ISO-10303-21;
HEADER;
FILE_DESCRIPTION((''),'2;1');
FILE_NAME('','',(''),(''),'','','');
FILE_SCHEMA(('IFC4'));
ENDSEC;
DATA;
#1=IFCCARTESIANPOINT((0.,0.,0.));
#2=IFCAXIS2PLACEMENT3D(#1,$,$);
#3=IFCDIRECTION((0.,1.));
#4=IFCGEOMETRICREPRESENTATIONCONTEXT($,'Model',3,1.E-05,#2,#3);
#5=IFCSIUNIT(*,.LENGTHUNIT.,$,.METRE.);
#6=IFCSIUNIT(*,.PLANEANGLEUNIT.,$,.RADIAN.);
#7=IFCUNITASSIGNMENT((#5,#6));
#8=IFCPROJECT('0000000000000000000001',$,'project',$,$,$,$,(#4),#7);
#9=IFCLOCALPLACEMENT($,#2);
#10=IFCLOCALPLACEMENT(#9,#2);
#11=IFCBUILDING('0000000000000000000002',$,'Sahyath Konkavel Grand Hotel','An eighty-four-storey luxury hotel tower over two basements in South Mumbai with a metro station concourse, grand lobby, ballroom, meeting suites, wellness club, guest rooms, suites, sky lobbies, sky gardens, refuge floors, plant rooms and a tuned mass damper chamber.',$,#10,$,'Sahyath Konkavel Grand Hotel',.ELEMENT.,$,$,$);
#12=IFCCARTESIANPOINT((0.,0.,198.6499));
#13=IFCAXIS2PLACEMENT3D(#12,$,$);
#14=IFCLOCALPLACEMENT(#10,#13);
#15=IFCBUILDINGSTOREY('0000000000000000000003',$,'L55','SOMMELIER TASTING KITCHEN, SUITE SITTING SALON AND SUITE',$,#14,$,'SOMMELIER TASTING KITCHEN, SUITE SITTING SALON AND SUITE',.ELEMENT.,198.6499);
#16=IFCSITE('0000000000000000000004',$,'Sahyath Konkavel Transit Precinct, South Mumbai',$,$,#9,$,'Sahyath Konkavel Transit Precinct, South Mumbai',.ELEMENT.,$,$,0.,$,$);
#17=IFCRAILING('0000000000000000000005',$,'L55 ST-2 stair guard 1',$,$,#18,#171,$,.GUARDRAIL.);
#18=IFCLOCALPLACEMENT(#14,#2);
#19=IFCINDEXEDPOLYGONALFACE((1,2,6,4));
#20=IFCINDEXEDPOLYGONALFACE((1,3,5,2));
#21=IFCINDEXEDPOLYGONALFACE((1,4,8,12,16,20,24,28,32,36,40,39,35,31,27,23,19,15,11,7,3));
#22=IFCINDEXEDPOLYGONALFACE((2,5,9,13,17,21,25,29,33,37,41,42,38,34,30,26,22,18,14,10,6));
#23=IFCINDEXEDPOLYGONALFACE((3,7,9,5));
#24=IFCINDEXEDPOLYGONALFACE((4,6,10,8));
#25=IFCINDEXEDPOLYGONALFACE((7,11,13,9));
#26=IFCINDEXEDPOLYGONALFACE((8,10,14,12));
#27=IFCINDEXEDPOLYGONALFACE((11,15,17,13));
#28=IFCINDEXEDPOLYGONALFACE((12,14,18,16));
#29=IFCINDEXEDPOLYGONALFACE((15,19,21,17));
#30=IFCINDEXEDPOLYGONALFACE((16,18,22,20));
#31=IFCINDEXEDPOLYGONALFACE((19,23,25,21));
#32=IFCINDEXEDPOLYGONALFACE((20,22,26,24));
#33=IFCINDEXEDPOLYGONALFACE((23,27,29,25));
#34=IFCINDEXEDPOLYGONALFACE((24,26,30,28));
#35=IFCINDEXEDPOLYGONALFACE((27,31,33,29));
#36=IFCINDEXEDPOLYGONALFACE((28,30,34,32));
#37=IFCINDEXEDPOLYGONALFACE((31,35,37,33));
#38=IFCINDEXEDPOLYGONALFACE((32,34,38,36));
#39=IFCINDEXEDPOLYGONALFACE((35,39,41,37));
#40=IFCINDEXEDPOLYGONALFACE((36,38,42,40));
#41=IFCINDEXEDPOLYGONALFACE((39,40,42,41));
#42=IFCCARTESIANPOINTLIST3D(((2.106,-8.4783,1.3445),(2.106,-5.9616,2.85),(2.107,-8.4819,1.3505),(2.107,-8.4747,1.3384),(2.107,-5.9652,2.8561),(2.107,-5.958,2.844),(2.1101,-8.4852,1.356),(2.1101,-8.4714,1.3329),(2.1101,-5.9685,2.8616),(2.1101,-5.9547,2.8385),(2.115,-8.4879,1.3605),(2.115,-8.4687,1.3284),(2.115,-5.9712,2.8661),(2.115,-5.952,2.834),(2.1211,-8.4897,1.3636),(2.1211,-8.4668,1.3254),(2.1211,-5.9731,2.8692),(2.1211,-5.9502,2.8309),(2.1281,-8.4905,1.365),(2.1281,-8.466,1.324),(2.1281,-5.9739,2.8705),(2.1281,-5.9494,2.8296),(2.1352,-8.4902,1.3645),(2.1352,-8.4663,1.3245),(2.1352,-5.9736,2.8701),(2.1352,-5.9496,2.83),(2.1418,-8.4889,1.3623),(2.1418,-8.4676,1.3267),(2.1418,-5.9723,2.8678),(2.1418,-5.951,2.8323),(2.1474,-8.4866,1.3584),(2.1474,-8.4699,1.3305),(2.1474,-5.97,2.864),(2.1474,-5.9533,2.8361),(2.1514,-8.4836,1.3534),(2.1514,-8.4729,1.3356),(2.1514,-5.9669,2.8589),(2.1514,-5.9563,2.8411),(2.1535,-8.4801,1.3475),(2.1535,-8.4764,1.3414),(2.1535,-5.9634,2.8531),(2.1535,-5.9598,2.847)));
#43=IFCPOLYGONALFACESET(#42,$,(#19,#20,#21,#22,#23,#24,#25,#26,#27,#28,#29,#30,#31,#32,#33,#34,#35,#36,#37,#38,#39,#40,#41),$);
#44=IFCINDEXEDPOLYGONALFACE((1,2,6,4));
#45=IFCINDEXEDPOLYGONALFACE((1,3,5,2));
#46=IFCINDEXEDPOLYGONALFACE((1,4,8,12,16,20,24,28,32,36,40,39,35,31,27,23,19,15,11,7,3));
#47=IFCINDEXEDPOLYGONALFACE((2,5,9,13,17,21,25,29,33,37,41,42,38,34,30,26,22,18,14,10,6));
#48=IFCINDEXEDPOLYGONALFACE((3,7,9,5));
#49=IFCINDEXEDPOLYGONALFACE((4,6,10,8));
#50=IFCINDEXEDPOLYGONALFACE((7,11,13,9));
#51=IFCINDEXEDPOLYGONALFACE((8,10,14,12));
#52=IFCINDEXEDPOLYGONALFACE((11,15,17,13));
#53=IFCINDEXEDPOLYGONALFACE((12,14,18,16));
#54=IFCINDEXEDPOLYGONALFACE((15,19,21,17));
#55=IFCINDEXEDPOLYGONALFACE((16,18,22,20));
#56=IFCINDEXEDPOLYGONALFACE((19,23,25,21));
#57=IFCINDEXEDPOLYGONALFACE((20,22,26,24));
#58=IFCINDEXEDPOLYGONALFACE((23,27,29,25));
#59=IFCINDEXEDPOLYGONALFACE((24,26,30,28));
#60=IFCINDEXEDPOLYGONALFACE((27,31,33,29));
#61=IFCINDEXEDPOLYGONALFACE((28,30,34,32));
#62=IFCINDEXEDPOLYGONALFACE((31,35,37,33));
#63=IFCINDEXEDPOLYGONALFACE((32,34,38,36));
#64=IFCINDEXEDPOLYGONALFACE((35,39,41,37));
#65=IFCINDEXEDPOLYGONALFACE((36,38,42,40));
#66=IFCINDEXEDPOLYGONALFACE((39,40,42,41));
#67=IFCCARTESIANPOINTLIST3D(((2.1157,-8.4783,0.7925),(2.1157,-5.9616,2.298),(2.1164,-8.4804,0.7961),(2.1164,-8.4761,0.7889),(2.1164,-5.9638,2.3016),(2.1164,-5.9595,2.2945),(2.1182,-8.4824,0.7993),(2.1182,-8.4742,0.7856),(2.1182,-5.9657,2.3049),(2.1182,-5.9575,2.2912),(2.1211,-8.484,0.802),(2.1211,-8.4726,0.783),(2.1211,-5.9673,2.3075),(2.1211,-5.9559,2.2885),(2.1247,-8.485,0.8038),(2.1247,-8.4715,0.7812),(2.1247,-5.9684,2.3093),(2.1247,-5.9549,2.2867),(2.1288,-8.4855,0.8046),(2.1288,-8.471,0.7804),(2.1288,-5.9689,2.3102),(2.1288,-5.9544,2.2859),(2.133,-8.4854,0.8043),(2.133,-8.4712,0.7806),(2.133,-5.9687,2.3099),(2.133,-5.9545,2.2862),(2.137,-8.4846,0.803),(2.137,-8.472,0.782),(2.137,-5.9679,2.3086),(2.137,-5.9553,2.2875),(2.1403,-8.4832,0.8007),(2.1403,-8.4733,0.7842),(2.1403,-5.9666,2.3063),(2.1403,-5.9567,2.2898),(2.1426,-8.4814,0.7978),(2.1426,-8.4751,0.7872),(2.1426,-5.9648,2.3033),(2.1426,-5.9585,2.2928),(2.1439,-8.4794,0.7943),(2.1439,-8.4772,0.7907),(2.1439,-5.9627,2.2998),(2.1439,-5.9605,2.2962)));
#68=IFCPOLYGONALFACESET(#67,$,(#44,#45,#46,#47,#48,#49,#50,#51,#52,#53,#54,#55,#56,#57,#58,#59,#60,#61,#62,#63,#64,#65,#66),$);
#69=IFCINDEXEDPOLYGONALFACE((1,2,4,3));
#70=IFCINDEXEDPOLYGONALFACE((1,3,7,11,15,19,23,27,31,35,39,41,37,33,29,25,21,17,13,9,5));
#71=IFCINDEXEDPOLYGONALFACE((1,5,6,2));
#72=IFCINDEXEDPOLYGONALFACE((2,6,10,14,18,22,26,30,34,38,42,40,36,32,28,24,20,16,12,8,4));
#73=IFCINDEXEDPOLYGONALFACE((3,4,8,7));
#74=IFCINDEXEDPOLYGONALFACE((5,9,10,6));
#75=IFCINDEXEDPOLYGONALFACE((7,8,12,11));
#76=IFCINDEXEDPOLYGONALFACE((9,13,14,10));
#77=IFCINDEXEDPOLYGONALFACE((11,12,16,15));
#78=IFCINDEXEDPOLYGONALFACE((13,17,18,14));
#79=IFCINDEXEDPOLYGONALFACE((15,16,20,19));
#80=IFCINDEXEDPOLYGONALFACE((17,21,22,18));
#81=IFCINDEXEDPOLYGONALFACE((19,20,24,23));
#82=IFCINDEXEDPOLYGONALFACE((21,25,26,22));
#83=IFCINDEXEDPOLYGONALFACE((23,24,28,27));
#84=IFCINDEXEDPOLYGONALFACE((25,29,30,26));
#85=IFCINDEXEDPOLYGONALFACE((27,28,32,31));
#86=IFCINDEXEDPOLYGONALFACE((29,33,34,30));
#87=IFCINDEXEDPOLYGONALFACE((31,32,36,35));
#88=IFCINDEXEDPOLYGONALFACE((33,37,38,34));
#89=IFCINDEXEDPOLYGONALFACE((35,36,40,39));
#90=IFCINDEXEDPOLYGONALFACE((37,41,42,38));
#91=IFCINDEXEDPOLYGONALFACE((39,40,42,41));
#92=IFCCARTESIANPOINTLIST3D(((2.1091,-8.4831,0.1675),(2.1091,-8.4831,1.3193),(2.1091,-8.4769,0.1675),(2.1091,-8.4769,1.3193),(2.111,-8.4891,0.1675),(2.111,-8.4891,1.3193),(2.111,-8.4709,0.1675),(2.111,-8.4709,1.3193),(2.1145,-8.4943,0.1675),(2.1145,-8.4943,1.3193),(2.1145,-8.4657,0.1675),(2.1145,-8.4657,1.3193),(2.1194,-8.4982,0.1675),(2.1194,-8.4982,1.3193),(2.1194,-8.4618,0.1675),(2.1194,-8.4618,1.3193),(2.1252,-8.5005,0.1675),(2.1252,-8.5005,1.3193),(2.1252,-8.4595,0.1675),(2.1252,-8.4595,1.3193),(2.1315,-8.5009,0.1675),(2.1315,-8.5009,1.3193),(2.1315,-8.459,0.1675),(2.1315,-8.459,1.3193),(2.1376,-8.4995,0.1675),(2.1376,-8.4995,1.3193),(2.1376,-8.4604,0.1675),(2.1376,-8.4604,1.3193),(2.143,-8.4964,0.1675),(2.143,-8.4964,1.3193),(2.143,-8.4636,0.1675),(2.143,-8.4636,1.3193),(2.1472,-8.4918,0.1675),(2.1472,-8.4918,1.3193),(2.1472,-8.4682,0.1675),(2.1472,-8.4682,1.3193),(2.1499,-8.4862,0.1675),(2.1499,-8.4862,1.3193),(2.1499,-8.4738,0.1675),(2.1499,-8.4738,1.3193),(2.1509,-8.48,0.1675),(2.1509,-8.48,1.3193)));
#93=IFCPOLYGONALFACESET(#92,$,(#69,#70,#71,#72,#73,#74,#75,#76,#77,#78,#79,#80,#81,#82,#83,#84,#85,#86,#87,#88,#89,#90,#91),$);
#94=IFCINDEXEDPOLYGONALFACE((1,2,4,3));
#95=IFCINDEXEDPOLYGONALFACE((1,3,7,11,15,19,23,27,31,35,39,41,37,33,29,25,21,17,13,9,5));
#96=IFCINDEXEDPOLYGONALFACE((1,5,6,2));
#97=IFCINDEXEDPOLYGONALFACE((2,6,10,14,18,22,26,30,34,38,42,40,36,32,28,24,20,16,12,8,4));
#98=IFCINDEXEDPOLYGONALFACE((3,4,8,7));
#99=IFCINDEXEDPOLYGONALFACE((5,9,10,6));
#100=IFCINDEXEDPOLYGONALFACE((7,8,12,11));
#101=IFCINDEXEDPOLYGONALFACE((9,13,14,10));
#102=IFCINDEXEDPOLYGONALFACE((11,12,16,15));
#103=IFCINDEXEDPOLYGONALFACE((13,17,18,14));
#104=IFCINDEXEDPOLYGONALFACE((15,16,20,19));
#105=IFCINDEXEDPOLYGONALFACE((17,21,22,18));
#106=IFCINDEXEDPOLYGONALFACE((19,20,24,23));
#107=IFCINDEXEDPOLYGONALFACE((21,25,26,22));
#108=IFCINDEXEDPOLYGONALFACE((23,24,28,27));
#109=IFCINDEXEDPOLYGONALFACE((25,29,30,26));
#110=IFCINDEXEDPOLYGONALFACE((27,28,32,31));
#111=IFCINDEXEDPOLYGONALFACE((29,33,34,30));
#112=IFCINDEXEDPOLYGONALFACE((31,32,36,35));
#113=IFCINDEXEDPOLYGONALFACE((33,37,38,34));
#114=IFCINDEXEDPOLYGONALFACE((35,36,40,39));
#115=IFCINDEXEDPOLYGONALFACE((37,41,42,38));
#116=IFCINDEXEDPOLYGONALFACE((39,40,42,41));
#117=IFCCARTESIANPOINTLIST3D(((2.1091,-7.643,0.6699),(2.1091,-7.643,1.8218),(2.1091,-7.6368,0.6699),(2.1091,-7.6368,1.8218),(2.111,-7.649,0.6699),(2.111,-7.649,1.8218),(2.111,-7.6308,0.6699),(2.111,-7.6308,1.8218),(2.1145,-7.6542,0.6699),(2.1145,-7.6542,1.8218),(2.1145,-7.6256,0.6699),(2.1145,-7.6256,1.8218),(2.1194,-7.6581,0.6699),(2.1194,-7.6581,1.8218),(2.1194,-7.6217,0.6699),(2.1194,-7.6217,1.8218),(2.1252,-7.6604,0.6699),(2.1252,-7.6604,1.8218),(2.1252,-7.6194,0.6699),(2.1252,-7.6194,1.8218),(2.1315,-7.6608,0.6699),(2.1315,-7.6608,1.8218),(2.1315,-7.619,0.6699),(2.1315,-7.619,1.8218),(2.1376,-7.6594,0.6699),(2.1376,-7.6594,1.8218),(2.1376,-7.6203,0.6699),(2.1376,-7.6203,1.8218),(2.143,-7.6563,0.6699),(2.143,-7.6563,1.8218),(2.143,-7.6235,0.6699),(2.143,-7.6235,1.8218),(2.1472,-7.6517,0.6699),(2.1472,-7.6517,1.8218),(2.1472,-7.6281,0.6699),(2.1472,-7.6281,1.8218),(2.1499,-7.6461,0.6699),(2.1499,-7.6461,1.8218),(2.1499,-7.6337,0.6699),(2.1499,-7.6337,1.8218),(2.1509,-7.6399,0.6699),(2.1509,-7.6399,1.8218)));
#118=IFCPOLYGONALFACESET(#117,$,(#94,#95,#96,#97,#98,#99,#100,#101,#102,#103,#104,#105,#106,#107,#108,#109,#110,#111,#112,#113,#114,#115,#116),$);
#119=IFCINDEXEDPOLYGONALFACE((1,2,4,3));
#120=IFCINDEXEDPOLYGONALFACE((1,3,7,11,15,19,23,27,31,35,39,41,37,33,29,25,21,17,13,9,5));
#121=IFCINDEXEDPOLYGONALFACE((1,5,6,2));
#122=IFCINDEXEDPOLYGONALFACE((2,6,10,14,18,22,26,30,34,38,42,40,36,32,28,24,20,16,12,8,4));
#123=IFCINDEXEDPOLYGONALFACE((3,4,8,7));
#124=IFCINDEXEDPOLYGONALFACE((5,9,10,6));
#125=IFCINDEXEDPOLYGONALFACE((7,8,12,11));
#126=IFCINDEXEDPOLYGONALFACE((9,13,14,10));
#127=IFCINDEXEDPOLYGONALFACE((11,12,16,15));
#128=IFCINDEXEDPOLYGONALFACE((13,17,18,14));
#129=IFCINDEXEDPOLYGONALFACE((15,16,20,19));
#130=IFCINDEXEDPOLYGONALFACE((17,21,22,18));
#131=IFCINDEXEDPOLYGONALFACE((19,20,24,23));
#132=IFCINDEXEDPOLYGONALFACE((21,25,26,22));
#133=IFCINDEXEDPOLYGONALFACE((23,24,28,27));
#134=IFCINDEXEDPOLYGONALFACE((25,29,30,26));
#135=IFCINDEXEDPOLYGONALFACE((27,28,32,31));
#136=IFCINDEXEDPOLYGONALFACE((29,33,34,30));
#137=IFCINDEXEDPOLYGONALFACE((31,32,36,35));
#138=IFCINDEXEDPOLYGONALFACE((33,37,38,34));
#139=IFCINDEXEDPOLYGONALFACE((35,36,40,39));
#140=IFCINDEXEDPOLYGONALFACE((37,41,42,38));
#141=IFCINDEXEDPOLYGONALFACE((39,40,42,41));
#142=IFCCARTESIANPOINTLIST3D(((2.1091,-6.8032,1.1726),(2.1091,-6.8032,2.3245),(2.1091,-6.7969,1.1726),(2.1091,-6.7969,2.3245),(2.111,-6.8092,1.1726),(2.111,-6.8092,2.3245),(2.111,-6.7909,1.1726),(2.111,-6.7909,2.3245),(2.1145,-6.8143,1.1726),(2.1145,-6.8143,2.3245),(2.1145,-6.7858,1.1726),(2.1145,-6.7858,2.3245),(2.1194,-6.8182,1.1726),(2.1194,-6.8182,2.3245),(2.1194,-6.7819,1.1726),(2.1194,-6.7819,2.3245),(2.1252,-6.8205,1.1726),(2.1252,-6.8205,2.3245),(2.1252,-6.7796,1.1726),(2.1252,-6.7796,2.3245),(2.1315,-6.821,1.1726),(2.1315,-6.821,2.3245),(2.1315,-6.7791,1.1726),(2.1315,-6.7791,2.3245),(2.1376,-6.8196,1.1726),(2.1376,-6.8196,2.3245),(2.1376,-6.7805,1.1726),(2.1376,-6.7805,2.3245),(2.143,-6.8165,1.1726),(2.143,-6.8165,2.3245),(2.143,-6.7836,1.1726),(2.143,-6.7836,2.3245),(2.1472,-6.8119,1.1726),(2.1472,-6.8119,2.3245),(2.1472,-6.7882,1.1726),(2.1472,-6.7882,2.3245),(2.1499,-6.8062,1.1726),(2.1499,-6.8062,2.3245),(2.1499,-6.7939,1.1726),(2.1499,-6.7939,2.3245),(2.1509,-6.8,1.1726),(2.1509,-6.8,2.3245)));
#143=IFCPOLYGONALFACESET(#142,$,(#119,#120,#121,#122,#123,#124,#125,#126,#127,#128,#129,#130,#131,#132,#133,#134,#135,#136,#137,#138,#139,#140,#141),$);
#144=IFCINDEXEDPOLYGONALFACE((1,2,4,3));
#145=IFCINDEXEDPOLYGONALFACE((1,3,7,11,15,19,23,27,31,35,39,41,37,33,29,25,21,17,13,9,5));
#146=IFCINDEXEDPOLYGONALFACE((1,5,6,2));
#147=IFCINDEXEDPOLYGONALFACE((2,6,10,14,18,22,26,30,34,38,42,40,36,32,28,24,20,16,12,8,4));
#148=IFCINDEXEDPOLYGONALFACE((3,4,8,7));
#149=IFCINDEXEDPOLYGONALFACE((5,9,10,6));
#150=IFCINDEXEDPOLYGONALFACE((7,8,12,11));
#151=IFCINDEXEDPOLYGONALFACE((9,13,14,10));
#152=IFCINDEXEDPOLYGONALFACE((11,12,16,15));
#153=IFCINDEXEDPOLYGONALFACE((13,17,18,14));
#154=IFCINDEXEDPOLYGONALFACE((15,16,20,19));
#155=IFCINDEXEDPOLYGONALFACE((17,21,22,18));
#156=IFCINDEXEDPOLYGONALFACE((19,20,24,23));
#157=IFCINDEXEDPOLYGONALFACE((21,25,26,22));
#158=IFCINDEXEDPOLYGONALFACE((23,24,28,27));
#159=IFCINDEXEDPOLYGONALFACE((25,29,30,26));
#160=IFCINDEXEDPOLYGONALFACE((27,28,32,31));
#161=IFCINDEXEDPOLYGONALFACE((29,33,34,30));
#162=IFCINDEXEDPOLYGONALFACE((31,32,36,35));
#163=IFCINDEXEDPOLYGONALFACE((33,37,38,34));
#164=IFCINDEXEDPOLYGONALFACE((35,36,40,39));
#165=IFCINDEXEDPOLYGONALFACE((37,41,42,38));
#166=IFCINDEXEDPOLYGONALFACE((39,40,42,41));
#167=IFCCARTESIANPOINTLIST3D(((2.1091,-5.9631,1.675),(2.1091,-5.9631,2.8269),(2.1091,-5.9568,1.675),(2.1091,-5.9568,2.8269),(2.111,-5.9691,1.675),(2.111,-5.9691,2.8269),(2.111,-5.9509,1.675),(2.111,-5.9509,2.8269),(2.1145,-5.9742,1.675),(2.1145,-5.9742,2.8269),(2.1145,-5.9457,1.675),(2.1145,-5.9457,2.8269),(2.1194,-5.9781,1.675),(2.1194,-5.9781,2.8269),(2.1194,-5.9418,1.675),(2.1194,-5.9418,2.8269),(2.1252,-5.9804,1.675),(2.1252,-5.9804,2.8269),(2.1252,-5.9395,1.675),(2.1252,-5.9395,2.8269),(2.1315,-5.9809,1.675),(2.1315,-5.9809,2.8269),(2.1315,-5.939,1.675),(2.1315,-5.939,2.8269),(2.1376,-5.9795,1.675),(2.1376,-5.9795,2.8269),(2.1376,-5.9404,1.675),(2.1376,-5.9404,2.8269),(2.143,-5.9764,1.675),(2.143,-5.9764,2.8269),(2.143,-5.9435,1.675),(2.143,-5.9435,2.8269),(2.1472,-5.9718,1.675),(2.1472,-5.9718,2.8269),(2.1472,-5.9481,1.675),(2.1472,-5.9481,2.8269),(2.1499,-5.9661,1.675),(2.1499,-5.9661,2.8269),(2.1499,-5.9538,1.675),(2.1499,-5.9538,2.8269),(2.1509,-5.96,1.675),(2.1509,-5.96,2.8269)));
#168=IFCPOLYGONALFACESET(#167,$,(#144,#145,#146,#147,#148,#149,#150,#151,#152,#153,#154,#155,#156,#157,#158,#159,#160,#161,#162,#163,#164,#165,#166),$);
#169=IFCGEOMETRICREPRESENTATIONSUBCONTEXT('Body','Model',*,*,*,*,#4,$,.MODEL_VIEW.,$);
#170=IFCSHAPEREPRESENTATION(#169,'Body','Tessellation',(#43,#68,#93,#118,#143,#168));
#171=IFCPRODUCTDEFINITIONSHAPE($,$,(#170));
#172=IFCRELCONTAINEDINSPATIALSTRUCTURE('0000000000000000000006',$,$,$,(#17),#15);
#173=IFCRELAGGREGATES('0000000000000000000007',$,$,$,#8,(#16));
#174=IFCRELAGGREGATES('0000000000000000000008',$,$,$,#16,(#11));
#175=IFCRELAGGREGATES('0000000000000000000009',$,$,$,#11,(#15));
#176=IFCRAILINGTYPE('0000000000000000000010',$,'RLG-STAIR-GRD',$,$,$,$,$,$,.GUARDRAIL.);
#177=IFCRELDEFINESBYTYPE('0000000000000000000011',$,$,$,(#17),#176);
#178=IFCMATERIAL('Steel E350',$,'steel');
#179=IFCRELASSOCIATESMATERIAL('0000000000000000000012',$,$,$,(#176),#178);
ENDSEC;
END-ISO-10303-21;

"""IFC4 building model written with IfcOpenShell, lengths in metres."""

from ifc_helpers import new_model, si_unit, direction, frame, origin, origin_2d, place, context, subcontext, project, spatial, circle, extrude, material, type_object, element, save


model = new_model("IFC4")

# Units and contexts
model_context = context("Model", 3, precision=1e-05, world=origin(), true_north=direction((0.0, 1.0)))
body_context = subcontext(model_context, "Body", "Model", "MODEL_VIEW")
ifc_project = project(units=[si_unit("LENGTHUNIT", "METRE"), si_unit("PLANEANGLEUNIT", "RADIAN")], contexts=[model_context])

# Site, building, storey
site_placement = place(None, origin())
site = spatial("IfcSite", under=ifc_project, at=site_placement, Name="Sahyath Konkavel Transit Precinct, South Mumbai", LongName="Sahyath Konkavel Transit Precinct, South Mumbai", CompositionType="ELEMENT", RefElevation=0.0)
building_placement = place(site_placement, origin())
building = spatial("IfcBuilding", under=site, at=building_placement, Name="Sahyath Konkavel Grand Hotel", Description="An eighty-four-storey luxury hotel tower over two basements in South Mumbai with a metro station concourse, grand lobby, ballroom, meeting suites, wellness club, guest rooms, suites, sky lobbies, sky gardens, refuge floors, plant rooms and a tuned mass damper chamber.", LongName="Sahyath Konkavel Grand Hotel", CompositionType="ELEMENT")
storey_placement = place(building_placement, frame((0.0, 0.0, 198.6499)))
storey = spatial("IfcBuildingStorey", under=building, at=storey_placement, Name="L55", Description="SOMMELIER TASTING KITCHEN, SUITE SITTING SALON AND SUITE", LongName="SOMMELIER TASTING KITCHEN, SUITE SITTING SALON AND SUITE", CompositionType="ELEMENT", Elevation=198.6499)

# Shared definitions
ifc_material_1 = material(Name="Steel E350", Category="steel")

# Railing
railing_type_1 = type_object("IfcRailingType", Name="RLG-STAIR-GRD", PredefinedType="GUARDRAIL", material=ifc_material_1)
railing_1_placement = place(storey_placement, frame((2.1299, -8.48, 0.1675)))
element("IfcRailing", 1, at=railing_1_placement, inside=storey, type_object=railing_type_1, Name="L55 ST-2 stair guard 1", PredefinedType="GUARDRAIL", context=body_context, shape_type="SweptSolid", body=[
    extrude(circle(Radius=0.0239, at=origin_2d()), frame((0.0, 0.0017, 1.177), z_axis=(0.0, 0.85816, 0.513383), x_axis=(-1.0, 0.0, 0.0)), (0.0, 0.0, 1.0), 2.9326),
    extrude(circle(Radius=0.0142, at=origin_2d()), frame((0.0, 0.0017, 0.625), z_axis=(0.0, 0.85816, 0.513383), x_axis=(-1.0, 0.0, 0.0)), (0.0, 0.0, 1.0), 2.9326),
    extrude(circle(Radius=0.021, at=origin_2d()), origin(), (0.0, 0.0, 1.0), 1.1519),
    extrude(circle(Radius=0.021, at=origin_2d()), frame((0.0, 0.8401, 0.5024)), (0.0, 0.0, 1.0), 1.1519),
    extrude(circle(Radius=0.021, at=origin_2d()), frame((0.0, 1.6799, 1.0051)), (0.0, 0.0, 1.0), 1.1519),
    extrude(circle(Radius=0.021, at=origin_2d()), frame((0.0, 2.52, 1.5076)), (0.0, 0.0, 1.0), 1.1519),
])

save(model, "model.ifc")
